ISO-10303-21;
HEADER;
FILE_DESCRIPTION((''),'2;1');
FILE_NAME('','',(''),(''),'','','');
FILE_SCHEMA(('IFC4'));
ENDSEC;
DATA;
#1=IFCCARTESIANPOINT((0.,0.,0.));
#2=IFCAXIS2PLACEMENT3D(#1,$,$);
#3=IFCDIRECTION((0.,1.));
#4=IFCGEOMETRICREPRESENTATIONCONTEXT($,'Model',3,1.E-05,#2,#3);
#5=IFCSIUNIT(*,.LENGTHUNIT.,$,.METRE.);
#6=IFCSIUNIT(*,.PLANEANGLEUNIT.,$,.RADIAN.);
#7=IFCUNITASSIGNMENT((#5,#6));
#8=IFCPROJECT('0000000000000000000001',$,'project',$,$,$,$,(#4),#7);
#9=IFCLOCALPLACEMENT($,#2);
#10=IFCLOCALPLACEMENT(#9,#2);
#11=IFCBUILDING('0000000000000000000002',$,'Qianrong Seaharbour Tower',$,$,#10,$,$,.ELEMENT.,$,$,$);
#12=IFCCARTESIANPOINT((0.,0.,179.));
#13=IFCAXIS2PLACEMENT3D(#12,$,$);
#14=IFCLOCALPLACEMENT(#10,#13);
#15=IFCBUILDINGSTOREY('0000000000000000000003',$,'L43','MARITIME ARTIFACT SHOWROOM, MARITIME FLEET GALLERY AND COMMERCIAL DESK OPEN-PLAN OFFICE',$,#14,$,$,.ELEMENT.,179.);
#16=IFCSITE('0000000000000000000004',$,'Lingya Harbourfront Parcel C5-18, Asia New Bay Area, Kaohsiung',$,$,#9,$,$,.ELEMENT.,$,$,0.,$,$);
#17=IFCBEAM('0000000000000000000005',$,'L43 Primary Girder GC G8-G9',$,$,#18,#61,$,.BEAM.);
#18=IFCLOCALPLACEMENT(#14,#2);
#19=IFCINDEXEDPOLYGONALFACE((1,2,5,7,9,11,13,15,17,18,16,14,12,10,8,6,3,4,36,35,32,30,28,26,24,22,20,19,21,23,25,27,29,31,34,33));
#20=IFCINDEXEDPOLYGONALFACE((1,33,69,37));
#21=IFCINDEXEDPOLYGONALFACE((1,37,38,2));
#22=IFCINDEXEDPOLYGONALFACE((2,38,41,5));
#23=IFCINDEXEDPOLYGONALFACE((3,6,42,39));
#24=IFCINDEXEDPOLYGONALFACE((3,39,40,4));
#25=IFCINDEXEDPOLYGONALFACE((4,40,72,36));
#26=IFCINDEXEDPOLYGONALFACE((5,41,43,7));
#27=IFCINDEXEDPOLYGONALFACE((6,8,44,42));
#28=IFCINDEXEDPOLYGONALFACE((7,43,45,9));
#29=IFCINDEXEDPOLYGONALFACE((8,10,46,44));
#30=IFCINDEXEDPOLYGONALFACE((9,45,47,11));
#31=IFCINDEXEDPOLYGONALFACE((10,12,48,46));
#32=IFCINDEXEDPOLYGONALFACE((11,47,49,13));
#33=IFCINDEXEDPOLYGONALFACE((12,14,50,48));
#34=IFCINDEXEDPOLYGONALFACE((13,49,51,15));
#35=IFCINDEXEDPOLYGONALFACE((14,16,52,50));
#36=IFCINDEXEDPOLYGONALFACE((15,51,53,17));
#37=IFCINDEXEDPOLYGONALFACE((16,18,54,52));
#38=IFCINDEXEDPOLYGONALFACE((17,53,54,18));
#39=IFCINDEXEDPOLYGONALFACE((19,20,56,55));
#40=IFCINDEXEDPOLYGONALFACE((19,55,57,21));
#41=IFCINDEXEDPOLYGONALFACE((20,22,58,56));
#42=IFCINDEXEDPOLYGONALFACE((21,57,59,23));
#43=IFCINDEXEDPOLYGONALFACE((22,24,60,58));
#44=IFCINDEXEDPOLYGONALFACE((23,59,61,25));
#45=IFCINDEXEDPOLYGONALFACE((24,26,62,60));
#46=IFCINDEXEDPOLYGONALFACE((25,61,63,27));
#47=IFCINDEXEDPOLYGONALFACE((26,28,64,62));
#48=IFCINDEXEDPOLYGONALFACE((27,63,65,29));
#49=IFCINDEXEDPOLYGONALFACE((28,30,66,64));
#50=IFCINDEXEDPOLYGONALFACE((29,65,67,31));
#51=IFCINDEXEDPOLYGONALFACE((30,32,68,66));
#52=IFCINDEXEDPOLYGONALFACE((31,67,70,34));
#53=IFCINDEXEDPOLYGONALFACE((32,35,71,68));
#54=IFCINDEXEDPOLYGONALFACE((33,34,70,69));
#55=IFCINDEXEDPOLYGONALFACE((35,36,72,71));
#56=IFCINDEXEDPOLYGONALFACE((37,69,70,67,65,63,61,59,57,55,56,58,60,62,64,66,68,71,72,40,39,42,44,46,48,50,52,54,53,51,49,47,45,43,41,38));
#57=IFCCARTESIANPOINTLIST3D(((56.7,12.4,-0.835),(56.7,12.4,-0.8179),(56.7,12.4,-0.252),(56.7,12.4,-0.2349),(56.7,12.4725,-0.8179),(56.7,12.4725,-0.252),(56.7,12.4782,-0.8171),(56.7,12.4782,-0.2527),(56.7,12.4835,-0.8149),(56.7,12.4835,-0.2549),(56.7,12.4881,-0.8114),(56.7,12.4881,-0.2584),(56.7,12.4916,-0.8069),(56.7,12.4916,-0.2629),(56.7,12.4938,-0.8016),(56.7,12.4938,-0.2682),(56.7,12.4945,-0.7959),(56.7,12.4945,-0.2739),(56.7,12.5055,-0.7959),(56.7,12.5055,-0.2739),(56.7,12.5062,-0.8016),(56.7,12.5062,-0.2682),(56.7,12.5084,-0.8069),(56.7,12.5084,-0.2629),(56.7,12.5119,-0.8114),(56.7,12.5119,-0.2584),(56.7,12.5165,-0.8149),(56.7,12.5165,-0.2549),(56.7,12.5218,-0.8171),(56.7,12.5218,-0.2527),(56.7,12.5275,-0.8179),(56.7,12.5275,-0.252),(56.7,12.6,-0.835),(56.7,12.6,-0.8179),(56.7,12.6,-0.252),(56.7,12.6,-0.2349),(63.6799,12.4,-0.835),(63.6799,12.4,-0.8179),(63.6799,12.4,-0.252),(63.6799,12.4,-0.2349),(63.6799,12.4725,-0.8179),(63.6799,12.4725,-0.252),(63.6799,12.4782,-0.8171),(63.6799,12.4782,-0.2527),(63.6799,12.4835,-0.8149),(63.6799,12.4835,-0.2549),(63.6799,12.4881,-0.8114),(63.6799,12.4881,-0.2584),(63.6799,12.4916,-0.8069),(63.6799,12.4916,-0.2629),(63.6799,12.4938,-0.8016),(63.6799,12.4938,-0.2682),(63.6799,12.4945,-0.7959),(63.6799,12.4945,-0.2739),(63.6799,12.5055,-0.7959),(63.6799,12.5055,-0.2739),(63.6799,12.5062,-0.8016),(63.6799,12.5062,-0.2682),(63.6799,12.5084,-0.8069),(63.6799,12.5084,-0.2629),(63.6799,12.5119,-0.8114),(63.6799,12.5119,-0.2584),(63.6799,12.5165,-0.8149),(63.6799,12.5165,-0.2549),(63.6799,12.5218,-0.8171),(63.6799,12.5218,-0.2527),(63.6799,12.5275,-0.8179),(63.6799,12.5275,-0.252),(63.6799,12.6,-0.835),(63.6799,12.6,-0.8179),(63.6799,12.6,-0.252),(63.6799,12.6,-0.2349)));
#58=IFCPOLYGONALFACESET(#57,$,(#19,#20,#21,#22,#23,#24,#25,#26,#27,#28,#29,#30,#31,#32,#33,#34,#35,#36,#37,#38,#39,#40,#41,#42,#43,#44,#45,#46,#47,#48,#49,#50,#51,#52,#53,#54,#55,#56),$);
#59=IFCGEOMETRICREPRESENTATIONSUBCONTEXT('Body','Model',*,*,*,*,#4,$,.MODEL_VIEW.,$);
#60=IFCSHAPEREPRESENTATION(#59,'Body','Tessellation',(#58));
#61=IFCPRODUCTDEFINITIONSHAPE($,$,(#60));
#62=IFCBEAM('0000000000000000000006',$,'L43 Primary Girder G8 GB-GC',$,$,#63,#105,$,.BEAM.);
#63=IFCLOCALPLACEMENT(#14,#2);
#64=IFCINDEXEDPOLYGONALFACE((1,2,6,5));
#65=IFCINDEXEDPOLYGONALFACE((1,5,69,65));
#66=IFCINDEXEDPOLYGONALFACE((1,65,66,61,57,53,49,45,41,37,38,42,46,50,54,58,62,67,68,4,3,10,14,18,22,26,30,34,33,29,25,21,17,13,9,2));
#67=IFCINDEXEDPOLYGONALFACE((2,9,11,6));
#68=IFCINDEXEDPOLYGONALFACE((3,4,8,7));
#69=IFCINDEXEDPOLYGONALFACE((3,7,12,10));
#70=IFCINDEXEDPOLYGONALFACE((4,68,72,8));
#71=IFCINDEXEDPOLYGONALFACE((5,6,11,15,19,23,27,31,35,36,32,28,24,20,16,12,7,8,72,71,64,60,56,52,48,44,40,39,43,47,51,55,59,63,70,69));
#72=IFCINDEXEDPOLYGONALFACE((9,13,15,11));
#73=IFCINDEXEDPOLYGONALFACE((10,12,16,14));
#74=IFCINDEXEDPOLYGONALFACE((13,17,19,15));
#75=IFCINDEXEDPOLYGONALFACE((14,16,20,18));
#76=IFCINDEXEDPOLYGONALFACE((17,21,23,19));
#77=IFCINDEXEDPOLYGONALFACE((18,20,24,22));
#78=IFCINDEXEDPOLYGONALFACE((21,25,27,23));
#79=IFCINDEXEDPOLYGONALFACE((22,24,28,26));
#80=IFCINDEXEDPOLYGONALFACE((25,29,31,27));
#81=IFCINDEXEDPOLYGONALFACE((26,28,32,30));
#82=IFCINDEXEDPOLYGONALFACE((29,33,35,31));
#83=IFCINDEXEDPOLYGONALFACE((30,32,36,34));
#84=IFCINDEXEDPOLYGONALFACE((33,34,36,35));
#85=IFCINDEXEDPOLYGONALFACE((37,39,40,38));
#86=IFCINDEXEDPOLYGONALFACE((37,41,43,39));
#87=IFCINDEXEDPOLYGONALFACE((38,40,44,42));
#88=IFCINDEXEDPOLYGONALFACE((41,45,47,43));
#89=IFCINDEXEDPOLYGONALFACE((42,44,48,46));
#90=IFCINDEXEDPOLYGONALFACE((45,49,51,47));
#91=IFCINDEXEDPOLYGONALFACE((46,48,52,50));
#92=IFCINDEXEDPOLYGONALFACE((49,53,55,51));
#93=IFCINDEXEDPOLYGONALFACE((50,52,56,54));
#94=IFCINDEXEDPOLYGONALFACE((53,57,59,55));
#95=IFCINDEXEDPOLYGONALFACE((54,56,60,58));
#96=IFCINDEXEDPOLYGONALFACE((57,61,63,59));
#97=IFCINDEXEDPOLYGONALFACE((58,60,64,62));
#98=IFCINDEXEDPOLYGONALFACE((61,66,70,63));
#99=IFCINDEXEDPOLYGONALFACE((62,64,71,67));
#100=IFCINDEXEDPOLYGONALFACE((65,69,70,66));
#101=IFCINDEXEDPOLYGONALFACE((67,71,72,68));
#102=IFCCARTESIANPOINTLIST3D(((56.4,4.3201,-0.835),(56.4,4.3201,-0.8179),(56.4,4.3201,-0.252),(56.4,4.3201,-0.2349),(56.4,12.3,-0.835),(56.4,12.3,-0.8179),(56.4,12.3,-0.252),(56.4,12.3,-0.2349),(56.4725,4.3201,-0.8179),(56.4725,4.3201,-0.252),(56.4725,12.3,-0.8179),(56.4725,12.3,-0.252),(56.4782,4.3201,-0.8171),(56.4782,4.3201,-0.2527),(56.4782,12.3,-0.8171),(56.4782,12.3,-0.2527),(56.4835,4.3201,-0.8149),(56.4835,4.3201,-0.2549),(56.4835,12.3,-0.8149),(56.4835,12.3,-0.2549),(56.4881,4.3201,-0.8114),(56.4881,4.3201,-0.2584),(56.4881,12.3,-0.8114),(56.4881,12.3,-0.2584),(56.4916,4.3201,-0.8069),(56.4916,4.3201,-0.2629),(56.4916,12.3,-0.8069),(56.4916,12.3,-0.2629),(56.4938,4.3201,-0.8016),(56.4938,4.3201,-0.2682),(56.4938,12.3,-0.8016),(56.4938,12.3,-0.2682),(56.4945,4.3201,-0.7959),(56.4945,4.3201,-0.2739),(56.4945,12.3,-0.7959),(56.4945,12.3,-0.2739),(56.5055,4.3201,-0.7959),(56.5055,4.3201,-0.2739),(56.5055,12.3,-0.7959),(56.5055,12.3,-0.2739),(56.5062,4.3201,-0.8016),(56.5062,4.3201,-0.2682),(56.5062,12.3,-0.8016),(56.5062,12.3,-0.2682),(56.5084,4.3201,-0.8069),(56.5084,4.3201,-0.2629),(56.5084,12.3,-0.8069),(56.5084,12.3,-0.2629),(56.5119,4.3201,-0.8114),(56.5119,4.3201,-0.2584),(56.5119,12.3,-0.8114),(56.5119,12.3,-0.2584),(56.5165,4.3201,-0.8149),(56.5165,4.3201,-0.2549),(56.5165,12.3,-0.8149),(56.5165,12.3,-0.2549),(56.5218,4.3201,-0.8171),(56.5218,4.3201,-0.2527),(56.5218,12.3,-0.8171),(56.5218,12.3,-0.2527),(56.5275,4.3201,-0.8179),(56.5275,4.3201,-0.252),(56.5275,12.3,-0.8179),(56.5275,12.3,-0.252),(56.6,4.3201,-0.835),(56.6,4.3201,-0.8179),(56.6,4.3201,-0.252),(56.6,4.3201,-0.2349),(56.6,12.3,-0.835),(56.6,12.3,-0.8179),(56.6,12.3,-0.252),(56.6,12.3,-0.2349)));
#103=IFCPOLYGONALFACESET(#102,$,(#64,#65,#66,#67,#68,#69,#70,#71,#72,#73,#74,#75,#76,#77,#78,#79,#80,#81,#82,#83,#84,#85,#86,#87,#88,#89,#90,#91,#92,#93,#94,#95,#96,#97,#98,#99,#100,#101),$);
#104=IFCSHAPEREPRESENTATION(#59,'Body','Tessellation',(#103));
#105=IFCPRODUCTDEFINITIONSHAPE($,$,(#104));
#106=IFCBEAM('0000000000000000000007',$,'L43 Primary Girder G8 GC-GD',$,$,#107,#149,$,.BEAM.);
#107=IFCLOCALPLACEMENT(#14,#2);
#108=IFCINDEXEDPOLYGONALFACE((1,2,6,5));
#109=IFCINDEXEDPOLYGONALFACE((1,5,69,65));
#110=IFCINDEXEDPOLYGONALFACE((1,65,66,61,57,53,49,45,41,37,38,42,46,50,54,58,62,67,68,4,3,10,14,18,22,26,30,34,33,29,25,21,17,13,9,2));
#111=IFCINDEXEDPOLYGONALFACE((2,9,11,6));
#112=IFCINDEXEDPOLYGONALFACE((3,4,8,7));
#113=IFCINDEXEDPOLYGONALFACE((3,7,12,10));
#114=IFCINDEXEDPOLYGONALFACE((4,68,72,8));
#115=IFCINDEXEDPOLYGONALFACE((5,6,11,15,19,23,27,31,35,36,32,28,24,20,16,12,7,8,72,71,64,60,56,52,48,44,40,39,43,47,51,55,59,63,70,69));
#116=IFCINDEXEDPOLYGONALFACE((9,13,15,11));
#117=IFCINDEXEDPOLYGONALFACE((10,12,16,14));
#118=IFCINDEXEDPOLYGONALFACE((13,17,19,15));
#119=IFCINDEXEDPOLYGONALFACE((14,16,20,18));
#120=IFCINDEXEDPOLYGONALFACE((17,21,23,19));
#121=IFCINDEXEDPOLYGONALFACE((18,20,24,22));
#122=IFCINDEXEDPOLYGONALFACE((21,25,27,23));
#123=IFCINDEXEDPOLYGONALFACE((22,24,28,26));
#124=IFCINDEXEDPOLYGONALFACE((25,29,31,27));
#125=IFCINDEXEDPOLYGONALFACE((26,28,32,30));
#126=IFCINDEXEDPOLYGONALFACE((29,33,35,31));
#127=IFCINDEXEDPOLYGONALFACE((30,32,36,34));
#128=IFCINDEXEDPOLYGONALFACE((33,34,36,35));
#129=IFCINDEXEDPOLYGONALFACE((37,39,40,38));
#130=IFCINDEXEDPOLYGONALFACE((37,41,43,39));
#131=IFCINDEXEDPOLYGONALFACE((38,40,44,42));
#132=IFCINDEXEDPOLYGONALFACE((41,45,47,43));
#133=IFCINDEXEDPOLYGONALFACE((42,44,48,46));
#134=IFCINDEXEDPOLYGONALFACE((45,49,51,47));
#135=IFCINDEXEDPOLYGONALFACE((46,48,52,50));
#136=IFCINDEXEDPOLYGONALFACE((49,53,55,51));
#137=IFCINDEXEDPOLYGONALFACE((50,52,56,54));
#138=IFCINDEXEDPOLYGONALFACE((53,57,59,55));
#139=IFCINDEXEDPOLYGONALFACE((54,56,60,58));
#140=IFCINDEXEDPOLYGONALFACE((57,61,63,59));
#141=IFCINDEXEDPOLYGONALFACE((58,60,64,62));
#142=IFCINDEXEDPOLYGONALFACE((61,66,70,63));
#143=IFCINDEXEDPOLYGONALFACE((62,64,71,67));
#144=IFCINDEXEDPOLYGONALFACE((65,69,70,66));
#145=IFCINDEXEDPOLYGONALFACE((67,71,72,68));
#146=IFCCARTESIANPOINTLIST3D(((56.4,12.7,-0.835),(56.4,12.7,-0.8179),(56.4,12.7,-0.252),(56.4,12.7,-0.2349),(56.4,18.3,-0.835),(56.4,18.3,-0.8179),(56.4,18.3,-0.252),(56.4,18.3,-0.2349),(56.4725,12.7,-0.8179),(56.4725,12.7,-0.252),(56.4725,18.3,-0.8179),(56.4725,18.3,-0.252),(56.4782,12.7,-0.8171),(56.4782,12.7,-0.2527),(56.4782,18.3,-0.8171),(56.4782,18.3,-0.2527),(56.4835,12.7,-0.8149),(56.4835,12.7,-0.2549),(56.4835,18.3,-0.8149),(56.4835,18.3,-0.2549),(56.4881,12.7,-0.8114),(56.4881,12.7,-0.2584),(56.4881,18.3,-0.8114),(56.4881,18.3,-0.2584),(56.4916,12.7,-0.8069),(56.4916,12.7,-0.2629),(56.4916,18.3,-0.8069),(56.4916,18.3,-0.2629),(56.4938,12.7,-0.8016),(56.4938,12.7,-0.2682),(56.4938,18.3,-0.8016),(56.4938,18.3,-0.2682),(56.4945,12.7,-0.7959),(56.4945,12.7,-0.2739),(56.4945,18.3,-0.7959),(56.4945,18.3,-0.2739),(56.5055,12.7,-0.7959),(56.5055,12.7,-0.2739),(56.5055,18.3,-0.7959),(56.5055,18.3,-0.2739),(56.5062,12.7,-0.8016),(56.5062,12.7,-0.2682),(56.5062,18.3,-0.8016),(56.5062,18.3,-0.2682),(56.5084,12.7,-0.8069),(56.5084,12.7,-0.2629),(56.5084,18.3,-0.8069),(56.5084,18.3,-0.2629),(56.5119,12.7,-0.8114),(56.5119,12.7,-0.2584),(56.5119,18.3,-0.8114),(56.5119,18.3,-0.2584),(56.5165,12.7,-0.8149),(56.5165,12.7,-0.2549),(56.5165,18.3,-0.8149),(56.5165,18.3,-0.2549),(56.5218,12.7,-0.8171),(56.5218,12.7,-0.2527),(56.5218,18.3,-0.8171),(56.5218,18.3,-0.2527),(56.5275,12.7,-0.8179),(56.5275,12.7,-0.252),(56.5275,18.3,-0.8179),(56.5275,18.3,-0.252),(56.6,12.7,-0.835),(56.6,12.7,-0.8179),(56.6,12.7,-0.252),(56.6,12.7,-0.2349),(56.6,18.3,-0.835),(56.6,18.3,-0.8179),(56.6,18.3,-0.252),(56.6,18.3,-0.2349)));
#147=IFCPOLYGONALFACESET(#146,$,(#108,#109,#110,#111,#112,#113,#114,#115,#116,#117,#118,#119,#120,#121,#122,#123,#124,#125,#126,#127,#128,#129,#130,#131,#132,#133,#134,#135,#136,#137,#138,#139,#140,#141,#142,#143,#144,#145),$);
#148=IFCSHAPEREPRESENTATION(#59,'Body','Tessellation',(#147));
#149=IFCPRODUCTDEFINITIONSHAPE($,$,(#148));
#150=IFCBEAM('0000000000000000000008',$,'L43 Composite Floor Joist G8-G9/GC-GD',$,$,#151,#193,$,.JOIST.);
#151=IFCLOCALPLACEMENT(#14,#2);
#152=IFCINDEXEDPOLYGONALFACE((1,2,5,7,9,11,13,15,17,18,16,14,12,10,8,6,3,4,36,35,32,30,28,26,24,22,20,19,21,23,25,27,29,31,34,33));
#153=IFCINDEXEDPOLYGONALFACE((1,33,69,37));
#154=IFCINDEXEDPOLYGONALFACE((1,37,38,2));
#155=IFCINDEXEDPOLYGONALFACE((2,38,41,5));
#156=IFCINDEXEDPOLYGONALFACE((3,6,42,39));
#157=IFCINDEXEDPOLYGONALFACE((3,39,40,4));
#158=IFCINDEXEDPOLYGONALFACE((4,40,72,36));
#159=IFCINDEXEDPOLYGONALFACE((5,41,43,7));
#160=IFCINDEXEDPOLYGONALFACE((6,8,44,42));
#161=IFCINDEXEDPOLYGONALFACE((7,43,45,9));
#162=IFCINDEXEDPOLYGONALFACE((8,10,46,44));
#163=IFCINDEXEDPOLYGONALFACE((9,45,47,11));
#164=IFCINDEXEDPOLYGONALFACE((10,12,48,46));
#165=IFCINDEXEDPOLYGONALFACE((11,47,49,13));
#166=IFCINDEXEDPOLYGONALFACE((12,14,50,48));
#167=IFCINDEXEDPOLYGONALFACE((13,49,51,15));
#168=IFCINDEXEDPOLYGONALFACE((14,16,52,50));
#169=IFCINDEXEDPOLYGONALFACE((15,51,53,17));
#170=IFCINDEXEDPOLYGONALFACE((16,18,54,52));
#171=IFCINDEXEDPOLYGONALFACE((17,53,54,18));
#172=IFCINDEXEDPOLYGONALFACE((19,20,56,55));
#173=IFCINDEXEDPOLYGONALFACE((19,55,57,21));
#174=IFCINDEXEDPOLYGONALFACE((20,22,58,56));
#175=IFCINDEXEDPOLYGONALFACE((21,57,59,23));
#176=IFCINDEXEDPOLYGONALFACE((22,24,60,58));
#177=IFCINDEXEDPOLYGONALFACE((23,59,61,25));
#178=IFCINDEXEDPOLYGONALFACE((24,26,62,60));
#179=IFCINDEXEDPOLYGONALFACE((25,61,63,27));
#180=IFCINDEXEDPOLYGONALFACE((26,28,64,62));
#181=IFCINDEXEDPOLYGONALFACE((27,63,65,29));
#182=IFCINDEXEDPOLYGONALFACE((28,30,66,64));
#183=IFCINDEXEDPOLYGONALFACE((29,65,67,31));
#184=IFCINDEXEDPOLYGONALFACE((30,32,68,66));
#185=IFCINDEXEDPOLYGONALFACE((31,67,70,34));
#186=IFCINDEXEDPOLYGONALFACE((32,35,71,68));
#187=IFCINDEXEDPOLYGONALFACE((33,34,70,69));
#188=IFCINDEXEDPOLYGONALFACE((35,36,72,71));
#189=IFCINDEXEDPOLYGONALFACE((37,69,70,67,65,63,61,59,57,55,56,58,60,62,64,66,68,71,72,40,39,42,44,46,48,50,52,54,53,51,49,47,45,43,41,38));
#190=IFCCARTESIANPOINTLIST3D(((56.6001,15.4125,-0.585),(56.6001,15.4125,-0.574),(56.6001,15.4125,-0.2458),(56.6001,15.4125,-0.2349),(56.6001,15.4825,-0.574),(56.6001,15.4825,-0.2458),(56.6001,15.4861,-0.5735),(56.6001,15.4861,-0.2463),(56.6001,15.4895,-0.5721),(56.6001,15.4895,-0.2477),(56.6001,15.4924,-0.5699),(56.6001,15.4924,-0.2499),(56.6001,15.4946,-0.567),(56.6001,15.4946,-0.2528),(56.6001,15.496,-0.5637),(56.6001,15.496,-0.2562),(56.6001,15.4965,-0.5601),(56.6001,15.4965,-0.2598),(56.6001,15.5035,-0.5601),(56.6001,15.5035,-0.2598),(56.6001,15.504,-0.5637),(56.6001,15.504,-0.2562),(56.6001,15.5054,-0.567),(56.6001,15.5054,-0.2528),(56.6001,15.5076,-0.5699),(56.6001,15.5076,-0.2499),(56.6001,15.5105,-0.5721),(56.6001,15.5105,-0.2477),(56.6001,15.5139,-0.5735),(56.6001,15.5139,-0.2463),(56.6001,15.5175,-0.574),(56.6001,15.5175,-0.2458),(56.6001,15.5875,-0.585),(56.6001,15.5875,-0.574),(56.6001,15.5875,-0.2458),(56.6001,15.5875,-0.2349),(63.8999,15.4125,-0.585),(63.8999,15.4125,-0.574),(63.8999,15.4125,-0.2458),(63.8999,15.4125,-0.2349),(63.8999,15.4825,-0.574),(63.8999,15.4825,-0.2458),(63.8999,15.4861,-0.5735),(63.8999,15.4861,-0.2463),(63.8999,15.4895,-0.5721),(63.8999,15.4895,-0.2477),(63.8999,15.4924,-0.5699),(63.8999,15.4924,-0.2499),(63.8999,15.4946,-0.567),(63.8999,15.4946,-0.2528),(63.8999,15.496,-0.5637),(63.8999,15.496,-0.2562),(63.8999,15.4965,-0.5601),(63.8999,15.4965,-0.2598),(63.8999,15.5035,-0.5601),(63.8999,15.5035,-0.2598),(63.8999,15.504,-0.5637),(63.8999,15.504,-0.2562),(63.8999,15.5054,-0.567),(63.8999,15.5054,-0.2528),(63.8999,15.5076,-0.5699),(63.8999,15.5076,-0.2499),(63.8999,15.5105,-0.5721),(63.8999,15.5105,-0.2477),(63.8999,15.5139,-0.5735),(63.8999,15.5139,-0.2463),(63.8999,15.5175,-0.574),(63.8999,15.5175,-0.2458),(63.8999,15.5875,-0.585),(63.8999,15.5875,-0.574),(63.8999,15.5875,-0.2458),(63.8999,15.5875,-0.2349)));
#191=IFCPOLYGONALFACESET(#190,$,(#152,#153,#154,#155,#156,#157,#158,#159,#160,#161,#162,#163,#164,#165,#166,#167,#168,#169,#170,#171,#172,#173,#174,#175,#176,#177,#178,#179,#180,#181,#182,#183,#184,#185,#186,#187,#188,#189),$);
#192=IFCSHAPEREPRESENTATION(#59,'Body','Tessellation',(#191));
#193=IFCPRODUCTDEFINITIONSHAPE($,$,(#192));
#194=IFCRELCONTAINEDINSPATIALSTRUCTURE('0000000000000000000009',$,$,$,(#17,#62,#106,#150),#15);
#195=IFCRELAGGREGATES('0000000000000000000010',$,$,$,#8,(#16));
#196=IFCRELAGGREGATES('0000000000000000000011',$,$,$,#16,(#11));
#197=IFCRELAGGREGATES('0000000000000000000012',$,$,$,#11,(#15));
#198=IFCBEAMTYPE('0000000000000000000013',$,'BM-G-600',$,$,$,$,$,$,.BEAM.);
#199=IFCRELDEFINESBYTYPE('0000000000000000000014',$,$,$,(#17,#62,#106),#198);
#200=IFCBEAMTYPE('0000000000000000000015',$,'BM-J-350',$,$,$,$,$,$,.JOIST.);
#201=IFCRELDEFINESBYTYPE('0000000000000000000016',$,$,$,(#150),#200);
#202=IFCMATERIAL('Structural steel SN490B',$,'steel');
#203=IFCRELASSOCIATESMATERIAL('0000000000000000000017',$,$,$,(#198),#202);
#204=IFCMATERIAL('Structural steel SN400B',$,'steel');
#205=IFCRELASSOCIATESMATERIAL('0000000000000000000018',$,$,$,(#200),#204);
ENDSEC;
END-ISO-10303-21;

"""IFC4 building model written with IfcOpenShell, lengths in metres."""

from ifc_helpers import new_model, si_unit, direction, frame, origin, origin_2d, place, context, subcontext, project, spatial, i_section, extrude, material, material_profile, profile_set, type_object, element, save


model = new_model("IFC4")

# Units and contexts
model_context = context("Model", 3, precision=1e-05, world=origin(), true_north=direction((0.0, 1.0)))
body_context = subcontext(model_context, "Body", "Model", "MODEL_VIEW")
ifc_project = project(units=[si_unit("LENGTHUNIT", "METRE"), si_unit("PLANEANGLEUNIT", "RADIAN")], contexts=[model_context])

# Site, building, storey
site_placement = place(None, origin())
site = spatial("IfcSite", under=ifc_project, at=site_placement, Name="Lingya Harbourfront Parcel C5-18, Asia New Bay Area, Kaohsiung", CompositionType="ELEMENT", RefElevation=0.0)
building_placement = place(site_placement, origin())
building = spatial("IfcBuilding", under=site, at=building_placement, Name="Qianrong Seaharbour Tower", CompositionType="ELEMENT")
storey_placement = place(building_placement, frame((0.0, 0.0, 179.0)))
storey = spatial("IfcBuildingStorey", under=building, at=storey_placement, Name="L43", Description="MARITIME ARTIFACT SHOWROOM, MARITIME FLEET GALLERY AND COMMERCIAL DESK OPEN-PLAN OFFICE", CompositionType="ELEMENT", Elevation=179.0)

# Shared definitions
ifc_material_1 = material(Name="Structural steel SN490B", Category="steel")

# Beams
ifc_material_profile_1 = material_profile(ifc_material_1, i_section(OverallWidth=0.2, OverallDepth=0.6001, WebThickness=0.011, FlangeThickness=0.0171, FilletRadius=0.022, at=origin_2d()), Name="H600x200x11x17")
ifc_profile_set_1 = profile_set([ifc_material_profile_1], Name="Structural steel SN490B")
beam_type_1 = type_object("IfcBeamType", Name="BM-G-600", PredefinedType="BEAM", material=ifc_profile_set_1)
beam_1_placement = place(storey_placement, frame((56.7, 12.5, -0.5349), z_axis=(1.0, 0.0, 0.0), x_axis=(0.0, 1.0, 0.0)))
element("IfcBeam", 1, at=beam_1_placement, inside=storey, type_object=beam_type_1, Name="L43 Primary Girder GC G8-G9", PredefinedType="BEAM", context=body_context, shape_type="SweptSolid", body=[
    extrude(i_section(OverallWidth=0.2, OverallDepth=0.6001, WebThickness=0.011, FlangeThickness=0.0171, FilletRadius=0.022, at=origin_2d()), origin(), (0.0, 0.0, 1.0), 6.98),
])
beam_2_placement = place(storey_placement, frame((56.5, 4.3201, -0.5349), z_axis=(0.0, 1.0, 0.0), x_axis=(-1.0, 0.0, 0.0)))
element("IfcBeam", 2, at=beam_2_placement, inside=storey, type_object=beam_type_1, Name="L43 Primary Girder G8 GB-GC", PredefinedType="BEAM", context=body_context, shape_type="SweptSolid", body=[
    extrude(i_section(OverallWidth=0.2, OverallDepth=0.6001, WebThickness=0.011, FlangeThickness=0.0171, FilletRadius=0.022, at=origin_2d()), origin(), (0.0, 0.0, 1.0), 7.98),
])
beam_3_placement = place(storey_placement, frame((56.5, 12.7, -0.5349), z_axis=(0.0, 1.0, 0.0), x_axis=(-1.0, 0.0, 0.0)))
element("IfcBeam", 3, at=beam_3_placement, inside=storey, type_object=beam_type_1, Name="L43 Primary Girder G8 GC-GD", PredefinedType="BEAM", context=body_context, shape_type="SweptSolid", body=[
    extrude(i_section(OverallWidth=0.2, OverallDepth=0.6001, WebThickness=0.011, FlangeThickness=0.0171, FilletRadius=0.022, at=origin_2d()), origin(), (0.0, 0.0, 1.0), 5.6001),
])
ifc_material_2 = material(Name="Structural steel SN400B", Category="steel")
ifc_material_profile_2 = material_profile(ifc_material_2, i_section(OverallWidth=0.175, OverallDepth=0.3501, WebThickness=0.0071, FlangeThickness=0.011, FilletRadius=0.0139, at=origin_2d()), Name="H350x175x7x11")
ifc_profile_set_2 = profile_set([ifc_material_profile_2], Name="Structural steel SN400B")
beam_type_2 = type_object("IfcBeamType", Name="BM-J-350", PredefinedType="JOIST", material=ifc_profile_set_2)
beam_4_placement = place(storey_placement, frame((56.6001, 15.5, -0.4099), z_axis=(1.0, 0.0, 0.0), x_axis=(0.0, 1.0, 0.0)))
element("IfcBeam", 4, at=beam_4_placement, inside=storey, type_object=beam_type_2, Name="L43 Composite Floor Joist G8-G9/GC-GD", PredefinedType="JOIST", context=body_context, shape_type="SweptSolid", body=[
    extrude(i_section(OverallWidth=0.175, OverallDepth=0.3501, WebThickness=0.0071, FlangeThickness=0.011, FilletRadius=0.0139, at=origin_2d()), origin(), (0.0, 0.0, 1.0), 7.2998),
])

save(model, "model.ifc")
